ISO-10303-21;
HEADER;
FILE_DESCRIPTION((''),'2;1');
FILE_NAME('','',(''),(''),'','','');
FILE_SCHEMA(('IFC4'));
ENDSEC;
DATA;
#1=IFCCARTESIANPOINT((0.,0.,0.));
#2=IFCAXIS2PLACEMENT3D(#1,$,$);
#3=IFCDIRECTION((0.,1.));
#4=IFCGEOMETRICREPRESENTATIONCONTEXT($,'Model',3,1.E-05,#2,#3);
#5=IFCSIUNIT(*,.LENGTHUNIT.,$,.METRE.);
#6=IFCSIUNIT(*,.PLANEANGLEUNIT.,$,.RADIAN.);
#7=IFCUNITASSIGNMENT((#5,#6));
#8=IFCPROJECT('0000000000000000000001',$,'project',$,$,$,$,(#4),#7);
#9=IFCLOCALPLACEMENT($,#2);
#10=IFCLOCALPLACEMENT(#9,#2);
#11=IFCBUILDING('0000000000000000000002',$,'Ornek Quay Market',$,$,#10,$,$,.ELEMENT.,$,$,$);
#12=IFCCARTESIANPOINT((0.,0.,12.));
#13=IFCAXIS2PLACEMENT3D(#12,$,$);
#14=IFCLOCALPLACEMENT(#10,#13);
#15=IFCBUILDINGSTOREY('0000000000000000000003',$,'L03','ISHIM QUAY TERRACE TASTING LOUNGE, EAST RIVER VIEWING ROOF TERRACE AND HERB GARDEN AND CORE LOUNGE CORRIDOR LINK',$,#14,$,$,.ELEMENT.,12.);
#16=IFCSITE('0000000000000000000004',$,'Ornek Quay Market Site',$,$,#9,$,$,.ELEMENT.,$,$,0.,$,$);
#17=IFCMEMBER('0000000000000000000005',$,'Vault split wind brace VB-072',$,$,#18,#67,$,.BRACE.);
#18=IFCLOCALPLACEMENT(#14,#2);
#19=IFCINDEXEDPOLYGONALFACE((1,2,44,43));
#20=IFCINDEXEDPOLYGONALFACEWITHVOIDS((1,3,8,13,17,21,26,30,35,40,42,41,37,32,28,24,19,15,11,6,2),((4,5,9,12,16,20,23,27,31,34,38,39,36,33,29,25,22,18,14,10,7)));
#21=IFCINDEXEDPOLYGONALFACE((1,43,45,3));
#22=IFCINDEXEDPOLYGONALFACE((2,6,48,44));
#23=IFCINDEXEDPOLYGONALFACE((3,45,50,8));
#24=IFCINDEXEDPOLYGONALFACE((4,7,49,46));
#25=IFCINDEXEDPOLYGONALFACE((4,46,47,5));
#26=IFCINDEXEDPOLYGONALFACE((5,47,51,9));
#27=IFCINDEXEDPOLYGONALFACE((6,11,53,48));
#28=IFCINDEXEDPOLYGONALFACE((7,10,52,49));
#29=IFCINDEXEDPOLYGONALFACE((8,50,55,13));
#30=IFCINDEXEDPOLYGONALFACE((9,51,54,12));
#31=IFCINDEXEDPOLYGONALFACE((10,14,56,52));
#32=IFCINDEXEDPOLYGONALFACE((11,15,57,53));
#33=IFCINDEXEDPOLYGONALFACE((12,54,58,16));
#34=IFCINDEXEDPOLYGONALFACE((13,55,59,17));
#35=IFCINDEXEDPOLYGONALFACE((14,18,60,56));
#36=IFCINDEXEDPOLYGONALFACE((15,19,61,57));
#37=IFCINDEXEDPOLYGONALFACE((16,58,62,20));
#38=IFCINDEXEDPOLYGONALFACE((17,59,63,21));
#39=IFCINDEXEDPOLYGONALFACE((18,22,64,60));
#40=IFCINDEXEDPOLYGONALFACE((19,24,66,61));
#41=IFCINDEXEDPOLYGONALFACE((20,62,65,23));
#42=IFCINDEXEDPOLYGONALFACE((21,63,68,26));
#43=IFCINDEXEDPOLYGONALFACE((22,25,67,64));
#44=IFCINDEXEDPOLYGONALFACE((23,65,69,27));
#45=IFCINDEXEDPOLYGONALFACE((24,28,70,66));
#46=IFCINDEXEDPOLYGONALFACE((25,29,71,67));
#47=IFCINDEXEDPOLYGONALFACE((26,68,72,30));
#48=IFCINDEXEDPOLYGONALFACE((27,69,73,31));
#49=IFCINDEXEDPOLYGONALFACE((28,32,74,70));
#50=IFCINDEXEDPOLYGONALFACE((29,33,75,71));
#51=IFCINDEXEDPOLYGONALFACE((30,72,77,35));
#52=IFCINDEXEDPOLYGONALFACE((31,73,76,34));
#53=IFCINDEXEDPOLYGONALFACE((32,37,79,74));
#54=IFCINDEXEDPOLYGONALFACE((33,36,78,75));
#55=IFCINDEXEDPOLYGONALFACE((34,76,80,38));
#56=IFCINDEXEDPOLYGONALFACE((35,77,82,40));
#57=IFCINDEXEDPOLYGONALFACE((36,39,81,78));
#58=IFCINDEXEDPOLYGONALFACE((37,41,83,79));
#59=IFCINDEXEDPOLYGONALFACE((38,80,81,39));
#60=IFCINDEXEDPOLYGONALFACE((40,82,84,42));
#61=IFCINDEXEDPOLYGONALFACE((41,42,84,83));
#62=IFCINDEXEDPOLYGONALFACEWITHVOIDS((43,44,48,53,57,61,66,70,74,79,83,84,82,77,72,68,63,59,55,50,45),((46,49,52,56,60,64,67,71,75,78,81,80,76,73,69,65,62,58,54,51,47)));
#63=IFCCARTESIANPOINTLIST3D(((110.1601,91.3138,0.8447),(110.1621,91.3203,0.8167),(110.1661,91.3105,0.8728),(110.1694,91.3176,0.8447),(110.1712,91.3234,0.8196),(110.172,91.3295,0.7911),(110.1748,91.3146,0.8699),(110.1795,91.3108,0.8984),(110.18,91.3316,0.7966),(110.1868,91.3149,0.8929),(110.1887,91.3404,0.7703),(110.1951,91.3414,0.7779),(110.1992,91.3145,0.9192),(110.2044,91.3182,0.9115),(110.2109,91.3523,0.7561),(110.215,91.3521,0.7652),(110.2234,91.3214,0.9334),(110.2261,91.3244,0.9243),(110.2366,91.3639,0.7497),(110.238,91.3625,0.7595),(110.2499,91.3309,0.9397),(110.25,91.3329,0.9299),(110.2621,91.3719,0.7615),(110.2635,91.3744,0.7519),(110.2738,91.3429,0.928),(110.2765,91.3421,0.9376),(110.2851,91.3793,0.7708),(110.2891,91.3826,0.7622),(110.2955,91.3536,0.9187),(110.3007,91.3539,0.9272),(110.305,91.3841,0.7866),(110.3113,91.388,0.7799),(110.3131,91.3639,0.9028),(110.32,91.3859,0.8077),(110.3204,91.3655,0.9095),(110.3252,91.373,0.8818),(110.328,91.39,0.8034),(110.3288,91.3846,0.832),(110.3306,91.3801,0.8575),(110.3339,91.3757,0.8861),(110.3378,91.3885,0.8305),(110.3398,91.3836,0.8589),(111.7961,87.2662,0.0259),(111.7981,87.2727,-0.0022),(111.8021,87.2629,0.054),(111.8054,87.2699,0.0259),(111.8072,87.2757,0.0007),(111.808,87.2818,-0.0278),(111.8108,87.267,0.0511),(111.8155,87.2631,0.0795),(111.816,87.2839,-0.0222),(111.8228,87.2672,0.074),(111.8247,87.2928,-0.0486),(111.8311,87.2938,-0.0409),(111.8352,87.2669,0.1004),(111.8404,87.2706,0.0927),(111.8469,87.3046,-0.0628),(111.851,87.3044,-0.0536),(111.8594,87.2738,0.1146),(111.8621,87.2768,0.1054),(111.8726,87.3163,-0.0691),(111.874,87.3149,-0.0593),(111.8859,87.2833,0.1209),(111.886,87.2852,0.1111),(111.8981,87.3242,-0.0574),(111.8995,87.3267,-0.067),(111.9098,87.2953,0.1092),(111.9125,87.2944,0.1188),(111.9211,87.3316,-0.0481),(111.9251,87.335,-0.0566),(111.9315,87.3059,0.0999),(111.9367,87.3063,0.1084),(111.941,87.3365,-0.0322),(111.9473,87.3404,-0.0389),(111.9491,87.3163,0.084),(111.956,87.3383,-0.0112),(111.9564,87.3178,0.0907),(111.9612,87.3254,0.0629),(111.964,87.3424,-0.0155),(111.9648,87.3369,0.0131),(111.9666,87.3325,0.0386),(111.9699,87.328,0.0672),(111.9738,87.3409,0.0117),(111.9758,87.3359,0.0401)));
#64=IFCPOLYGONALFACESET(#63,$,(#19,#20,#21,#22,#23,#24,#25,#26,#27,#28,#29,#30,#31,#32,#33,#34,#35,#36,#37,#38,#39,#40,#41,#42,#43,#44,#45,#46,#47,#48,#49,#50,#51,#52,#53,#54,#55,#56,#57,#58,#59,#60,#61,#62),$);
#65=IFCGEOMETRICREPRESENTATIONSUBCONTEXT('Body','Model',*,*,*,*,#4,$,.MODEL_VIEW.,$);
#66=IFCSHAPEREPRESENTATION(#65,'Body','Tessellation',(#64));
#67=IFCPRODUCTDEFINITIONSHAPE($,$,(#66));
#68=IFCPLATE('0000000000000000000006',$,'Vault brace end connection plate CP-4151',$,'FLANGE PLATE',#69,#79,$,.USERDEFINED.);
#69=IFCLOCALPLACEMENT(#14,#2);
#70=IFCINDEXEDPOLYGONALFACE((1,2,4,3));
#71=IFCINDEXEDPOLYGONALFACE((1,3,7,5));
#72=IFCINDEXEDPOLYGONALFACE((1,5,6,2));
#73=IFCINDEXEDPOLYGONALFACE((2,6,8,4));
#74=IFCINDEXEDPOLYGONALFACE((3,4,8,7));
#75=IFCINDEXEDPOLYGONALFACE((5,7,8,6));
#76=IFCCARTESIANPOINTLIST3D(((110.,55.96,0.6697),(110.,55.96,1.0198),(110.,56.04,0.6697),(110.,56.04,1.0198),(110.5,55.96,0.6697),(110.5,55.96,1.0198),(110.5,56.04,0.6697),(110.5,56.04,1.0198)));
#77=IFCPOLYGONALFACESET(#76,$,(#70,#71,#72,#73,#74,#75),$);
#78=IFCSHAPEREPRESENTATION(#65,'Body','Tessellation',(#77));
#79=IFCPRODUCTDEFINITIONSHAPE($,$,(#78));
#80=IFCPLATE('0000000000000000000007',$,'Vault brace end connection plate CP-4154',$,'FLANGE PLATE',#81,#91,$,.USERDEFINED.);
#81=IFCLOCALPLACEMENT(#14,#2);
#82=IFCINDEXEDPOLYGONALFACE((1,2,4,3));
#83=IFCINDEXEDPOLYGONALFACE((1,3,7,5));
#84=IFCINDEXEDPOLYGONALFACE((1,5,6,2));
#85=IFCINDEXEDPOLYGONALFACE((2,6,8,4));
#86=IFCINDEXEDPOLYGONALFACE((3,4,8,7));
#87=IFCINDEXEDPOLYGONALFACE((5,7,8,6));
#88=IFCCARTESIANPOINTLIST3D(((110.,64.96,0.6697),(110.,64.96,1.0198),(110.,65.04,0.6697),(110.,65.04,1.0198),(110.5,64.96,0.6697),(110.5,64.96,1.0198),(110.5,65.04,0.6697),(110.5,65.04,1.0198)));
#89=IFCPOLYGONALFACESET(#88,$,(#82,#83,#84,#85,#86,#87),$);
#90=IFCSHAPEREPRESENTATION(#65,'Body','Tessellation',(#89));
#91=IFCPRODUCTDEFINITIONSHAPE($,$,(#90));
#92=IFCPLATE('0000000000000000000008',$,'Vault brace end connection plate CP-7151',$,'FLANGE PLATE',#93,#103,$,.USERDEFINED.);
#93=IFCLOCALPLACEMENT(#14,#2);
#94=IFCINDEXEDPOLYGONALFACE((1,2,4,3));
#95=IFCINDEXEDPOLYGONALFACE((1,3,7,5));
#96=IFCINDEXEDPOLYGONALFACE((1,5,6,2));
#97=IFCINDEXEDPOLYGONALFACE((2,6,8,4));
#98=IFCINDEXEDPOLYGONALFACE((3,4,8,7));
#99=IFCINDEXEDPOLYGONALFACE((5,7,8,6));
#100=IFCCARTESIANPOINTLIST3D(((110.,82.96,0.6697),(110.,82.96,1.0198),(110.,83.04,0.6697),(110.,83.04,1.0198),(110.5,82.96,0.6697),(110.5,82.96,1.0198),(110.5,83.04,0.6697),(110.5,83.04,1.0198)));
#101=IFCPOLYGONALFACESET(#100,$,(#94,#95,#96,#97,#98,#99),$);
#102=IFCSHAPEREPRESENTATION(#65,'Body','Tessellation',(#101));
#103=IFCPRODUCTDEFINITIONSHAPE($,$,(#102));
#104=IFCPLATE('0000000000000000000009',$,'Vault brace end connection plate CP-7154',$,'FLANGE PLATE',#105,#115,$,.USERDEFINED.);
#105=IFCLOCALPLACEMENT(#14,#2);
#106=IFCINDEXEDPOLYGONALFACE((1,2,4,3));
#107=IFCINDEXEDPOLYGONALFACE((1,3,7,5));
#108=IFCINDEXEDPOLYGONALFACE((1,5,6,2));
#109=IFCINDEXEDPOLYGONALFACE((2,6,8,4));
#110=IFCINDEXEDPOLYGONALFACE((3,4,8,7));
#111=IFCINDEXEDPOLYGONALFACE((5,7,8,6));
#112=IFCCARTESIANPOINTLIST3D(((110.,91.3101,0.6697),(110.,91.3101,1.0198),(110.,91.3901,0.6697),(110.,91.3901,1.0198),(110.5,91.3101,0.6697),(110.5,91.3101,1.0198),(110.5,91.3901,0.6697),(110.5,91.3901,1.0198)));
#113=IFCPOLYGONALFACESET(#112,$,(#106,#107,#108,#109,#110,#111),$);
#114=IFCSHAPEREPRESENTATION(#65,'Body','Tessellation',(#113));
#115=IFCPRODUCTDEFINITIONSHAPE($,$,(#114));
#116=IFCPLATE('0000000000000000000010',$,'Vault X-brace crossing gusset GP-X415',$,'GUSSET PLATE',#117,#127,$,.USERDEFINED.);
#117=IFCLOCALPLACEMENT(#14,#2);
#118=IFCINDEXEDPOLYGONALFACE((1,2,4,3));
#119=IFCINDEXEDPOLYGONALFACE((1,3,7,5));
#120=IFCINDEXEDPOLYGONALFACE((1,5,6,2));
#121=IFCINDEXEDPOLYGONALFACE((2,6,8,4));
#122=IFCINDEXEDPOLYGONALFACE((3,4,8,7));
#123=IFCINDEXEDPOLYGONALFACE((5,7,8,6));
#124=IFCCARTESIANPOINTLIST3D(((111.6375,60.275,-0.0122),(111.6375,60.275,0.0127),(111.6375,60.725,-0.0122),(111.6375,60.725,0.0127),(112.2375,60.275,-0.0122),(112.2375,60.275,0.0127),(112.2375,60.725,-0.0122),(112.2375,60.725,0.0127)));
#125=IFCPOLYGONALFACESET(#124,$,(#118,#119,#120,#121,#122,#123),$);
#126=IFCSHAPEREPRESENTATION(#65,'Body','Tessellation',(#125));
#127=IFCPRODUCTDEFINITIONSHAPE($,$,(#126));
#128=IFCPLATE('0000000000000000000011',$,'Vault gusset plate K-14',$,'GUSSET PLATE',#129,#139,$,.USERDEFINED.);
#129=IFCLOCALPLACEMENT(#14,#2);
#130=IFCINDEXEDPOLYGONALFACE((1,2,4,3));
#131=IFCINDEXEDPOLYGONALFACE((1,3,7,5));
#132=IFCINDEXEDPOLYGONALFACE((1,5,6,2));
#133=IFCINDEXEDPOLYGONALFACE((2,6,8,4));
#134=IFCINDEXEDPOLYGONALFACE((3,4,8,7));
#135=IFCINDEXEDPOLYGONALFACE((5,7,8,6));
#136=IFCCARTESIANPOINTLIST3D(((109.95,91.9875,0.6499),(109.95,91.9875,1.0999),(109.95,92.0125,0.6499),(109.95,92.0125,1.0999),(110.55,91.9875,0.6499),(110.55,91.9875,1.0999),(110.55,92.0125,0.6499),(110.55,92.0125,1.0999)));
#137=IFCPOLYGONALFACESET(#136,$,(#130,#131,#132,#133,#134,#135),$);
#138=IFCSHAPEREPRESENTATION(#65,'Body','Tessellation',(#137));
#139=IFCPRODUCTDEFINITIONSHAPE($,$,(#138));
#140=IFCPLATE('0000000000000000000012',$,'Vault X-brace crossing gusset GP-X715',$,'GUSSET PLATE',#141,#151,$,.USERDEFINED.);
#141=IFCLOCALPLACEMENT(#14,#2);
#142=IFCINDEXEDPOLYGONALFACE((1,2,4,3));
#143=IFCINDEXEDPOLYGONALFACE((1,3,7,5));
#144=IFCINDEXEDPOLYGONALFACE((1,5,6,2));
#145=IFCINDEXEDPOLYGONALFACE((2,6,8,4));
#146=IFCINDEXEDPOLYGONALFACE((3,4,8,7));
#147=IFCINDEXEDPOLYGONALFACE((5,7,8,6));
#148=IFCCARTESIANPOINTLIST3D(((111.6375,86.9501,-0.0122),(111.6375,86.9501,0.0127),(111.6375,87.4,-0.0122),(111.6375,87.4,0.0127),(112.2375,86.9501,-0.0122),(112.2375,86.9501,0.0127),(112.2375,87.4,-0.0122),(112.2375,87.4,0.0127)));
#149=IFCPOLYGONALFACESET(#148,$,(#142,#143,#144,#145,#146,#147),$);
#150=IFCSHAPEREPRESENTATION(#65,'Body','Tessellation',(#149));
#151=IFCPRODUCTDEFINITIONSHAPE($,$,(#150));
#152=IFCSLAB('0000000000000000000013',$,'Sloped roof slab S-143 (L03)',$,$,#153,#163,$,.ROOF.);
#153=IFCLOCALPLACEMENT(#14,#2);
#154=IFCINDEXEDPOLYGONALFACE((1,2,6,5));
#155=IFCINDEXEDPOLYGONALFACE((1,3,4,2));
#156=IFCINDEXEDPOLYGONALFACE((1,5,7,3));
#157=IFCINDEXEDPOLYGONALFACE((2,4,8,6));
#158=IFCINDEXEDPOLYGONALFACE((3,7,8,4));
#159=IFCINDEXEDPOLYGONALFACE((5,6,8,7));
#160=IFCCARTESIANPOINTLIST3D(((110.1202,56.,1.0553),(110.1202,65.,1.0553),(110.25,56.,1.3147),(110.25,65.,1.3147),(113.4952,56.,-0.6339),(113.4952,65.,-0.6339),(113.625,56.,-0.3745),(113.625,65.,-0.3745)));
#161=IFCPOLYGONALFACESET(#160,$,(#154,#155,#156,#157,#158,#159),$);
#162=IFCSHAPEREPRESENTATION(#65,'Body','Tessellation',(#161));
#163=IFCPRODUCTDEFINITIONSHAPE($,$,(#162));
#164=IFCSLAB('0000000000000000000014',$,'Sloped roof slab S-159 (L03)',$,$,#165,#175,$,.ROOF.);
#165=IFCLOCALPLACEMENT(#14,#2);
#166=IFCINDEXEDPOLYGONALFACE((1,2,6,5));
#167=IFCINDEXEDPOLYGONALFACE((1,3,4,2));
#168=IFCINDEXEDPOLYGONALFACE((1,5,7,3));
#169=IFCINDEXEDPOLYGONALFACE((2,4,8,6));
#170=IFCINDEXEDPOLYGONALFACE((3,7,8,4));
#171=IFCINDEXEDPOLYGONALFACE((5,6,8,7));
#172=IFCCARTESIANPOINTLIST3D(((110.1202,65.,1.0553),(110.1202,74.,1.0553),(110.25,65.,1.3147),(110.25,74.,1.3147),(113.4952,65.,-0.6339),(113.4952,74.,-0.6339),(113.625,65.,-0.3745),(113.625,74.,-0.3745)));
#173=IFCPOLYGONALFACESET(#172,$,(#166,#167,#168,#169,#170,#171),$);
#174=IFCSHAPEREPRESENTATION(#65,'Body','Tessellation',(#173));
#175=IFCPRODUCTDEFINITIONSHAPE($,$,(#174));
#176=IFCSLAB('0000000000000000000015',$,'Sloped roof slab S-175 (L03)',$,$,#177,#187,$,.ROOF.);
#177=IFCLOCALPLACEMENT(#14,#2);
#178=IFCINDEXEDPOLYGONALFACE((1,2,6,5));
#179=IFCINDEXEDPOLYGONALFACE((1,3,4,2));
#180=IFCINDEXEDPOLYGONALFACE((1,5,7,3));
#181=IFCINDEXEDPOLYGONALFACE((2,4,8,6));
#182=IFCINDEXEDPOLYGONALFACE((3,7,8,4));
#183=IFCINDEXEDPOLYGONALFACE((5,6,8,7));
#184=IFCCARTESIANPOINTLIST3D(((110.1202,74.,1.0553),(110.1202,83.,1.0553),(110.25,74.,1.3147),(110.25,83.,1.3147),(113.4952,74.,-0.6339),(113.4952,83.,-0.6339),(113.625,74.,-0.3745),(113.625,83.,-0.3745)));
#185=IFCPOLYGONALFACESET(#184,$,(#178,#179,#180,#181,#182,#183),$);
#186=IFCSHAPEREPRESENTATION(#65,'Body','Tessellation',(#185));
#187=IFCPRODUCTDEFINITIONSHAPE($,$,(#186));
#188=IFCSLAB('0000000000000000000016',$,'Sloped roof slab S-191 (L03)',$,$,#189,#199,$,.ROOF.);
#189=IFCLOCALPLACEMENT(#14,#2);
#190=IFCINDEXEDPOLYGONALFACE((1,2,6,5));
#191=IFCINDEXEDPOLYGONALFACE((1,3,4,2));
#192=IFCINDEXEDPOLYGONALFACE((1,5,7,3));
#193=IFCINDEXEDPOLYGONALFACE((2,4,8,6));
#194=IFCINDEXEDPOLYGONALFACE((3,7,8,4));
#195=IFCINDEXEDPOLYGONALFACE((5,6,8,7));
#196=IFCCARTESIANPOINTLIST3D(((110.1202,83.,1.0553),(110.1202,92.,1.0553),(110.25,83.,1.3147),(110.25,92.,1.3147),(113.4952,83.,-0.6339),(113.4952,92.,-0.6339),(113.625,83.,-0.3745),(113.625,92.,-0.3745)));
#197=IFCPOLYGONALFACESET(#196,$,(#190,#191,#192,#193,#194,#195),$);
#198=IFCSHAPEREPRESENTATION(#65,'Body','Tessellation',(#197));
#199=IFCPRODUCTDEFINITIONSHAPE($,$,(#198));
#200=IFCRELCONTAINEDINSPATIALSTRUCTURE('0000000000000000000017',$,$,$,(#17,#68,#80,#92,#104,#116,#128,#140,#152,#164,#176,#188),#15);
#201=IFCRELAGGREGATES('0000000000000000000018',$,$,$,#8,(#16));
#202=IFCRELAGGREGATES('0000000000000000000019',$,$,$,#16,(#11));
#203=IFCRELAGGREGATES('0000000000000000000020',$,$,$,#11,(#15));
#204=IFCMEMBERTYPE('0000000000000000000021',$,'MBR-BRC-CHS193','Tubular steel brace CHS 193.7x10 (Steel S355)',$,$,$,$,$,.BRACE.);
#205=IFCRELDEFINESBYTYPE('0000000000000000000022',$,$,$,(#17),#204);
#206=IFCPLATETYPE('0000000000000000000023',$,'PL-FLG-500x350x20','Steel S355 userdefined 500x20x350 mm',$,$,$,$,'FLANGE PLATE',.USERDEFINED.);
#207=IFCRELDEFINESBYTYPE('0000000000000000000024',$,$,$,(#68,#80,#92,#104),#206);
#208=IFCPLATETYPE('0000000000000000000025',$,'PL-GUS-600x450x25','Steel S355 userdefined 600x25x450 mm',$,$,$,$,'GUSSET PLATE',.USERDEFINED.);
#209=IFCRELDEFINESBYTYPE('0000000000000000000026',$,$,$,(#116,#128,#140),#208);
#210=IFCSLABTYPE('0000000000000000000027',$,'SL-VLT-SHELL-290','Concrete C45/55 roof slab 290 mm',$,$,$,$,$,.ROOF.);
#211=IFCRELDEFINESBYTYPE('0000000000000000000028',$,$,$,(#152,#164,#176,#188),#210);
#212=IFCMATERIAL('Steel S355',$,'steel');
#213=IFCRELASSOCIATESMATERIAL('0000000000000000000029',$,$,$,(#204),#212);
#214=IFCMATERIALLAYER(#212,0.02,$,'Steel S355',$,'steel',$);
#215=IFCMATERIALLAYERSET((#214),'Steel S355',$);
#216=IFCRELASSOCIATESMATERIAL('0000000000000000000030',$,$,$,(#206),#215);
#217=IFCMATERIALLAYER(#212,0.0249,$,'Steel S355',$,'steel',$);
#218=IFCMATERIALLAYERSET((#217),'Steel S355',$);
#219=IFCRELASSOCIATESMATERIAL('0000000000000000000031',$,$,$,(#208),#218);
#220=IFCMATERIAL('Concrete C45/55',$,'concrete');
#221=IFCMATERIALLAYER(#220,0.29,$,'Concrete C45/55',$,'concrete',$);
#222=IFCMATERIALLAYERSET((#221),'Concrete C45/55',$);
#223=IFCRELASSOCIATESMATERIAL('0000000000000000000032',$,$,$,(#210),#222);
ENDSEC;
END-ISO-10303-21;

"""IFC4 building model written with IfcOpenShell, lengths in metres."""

from ifc_helpers import new_model, si_unit, direction, frame, origin, origin_2d, place, context, subcontext, project, spatial, polyline, rectangle, hollow_circle, outline, extrude, material, layer, layer_set, material_profile, profile_set, type_object, element, save


model = new_model("IFC4")

# Units and contexts
model_context = context("Model", 3, precision=1e-05, world=origin(), true_north=direction((0.0, 1.0)))
body_context = subcontext(model_context, "Body", "Model", "MODEL_VIEW")
ifc_project = project(units=[si_unit("LENGTHUNIT", "METRE"), si_unit("PLANEANGLEUNIT", "RADIAN")], contexts=[model_context])

# Site, building, storey
site_placement = place(None, origin())
site = spatial("IfcSite", under=ifc_project, at=site_placement, Name="Ornek Quay Market Site", CompositionType="ELEMENT", RefElevation=0.0)
building_placement = place(site_placement, origin())
building = spatial("IfcBuilding", under=site, at=building_placement, Name="Ornek Quay Market", CompositionType="ELEMENT")
storey_placement = place(building_placement, frame((0.0, 0.0, 12.0)))
storey = spatial("IfcBuildingStorey", under=building, at=storey_placement, Name="L03", Description="ISHIM QUAY TERRACE TASTING LOUNGE, EAST RIVER VIEWING ROOF TERRACE AND HERB GARDEN AND CORE LOUNGE CORRIDOR LINK", CompositionType="ELEMENT", Elevation=12.0)

# Shared definitions
ifc_material_1 = material(Name="Concrete C45/55", Category="concrete")
ifc_material_2 = material(Name="Steel S355", Category="steel")

# Member
ifc_material_profile_1 = material_profile(ifc_material_2, hollow_circle(Radius=0.0969, WallThickness=0.01, at=origin_2d()), Name="CHS 193.7x10", Category="steel")
ifc_profile_set_1 = profile_set([ifc_material_profile_1], Name="Steel S355")
member_type = type_object("IfcMemberType", Name="MBR-BRC-CHS193", Description="Tubular steel brace CHS 193.7x10 (Steel S355)", PredefinedType="BRACE", material=ifc_profile_set_1)
member_1_placement = place(storey_placement, frame((111.886, 87.3025, 0.0259), z_axis=(-0.368311, 0.911242, 0.184348), x_axis=(-0.927132, -0.374734, 0.0)))
element("IfcMember", 1, at=member_1_placement, inside=storey, type_object=member_type, Name="Vault split wind brace VB-072", PredefinedType="BRACE", context=body_context, shape_type="SweptSolid", body=[
    extrude(hollow_circle(Radius=0.0969, WallThickness=0.01, at=origin_2d()), origin(), (0.0, 0.0, 1.0), 4.4419),
])

# Plates
ifc_layer_1 = layer(ifc_material_2, 0.02, Name="Steel S355", Category="steel")
ifc_layer_set_1 = layer_set([ifc_layer_1], Name="Steel S355")
plate_type_1 = type_object("IfcPlateType", Name="PL-FLG-500x350x20", Description="Steel S355 userdefined 500x20x350 mm", ElementType="FLANGE PLATE", PredefinedType="USERDEFINED", material=ifc_layer_set_1)
for number, where, z_axis, x_axis, name in (
    (2, (110.25, 56.0, 0.6697), (0.0, 0.0, 1.0), (1.0, 0.0, 0.0), "Vault brace end connection plate CP-4151"),
    (3, (110.25, 65.0, 0.6697), (0.0, 0.0, 1.0), (1.0, 0.0, 0.0), "Vault brace end connection plate CP-4154"),
    (4, (110.25, 83.0, 0.6697), (0.0, 0.0, 1.0), (1.0, 0.0, 0.0), "Vault brace end connection plate CP-7151"),
    (5, (110.25, 91.3501, 0.6697), (0.0, 0.0, 1.0), (1.0, 0.0, 0.0), "Vault brace end connection plate CP-7154"),
):
    element("IfcPlate", number, at=place(storey_placement, frame(where, z_axis=z_axis, x_axis=x_axis)), inside=storey, type_object=plate_type_1, Name=name, ObjectType="FLANGE PLATE", PredefinedType="USERDEFINED", context=body_context, shape_type="SweptSolid", body=[
        extrude(rectangle(XDim=0.5, YDim=0.0801, at=origin_2d()), origin(), (0.0, 0.0, 1.0), 0.3501),
    ])
ifc_layer_2 = layer(ifc_material_2, 0.0249, Name="Steel S355", Category="steel")
ifc_layer_set_2 = layer_set([ifc_layer_2], Name="Steel S355")
plate_type_2 = type_object("IfcPlateType", Name="PL-GUS-600x450x25", Description="Steel S355 userdefined 600x25x450 mm", ElementType="GUSSET PLATE", PredefinedType="USERDEFINED", material=ifc_layer_set_2)
plate_1_placement = place(storey_placement, frame((111.9375, 60.5, -0.0122), z_axis=(0.0, 0.0, 1.0), x_axis=(1.0, 0.0, 0.0)))
element("IfcPlate", 6, at=plate_1_placement, inside=storey, type_object=plate_type_2, Name="Vault X-brace crossing gusset GP-X415", ObjectType="GUSSET PLATE", PredefinedType="USERDEFINED", context=body_context, shape_type="SweptSolid", body=[
    extrude(rectangle(XDim=0.6001, YDim=0.45, at=origin_2d()), origin(), (0.0, 0.0, 1.0), 0.0249),
])
plate_2_placement = place(storey_placement, frame((110.25, 92.0, 0.6499), z_axis=(0.0, 0.0, 1.0), x_axis=(1.0, 0.0, 0.0)))
element("IfcPlate", 7, at=plate_2_placement, inside=storey, type_object=plate_type_2, Name="Vault gusset plate K-14", ObjectType="GUSSET PLATE", PredefinedType="USERDEFINED", context=body_context, shape_type="SweptSolid", body=[
    extrude(rectangle(XDim=0.6001, YDim=0.0249, at=origin_2d()), origin(), (0.0, 0.0, 1.0), 0.45),
])
plate_3_placement = place(storey_placement, frame((111.9375, 87.175, -0.0122), z_axis=(0.0, 0.0, 1.0), x_axis=(1.0, 0.0, 0.0)))
element("IfcPlate", 8, at=plate_3_placement, inside=storey, type_object=plate_type_2, Name="Vault X-brace crossing gusset GP-X715", ObjectType="GUSSET PLATE", PredefinedType="USERDEFINED", context=body_context, shape_type="SweptSolid", body=[
    extrude(rectangle(XDim=0.6001, YDim=0.45, at=origin_2d()), origin(), (0.0, 0.0, 1.0), 0.0249),
])

# Slabs
ifc_layer_3 = layer(ifc_material_1, 0.29, Name="Concrete C45/55", Category="concrete")
ifc_layer_set_3 = layer_set([ifc_layer_3], Name="Concrete C45/55")
slab_type = type_object("IfcSlabType", Name="SL-VLT-SHELL-290", Description="Concrete C45/55 roof slab 290 mm", PredefinedType="ROOF", material=ifc_layer_set_3)
for number, where, z_axis, x_axis, name in (
    (9, (110.25, 56.0, 1.3147), (0.447576, 0.0, 0.894246), (0.894246, 0.0, -0.447576), "Sloped roof slab S-143 (L03)"),
    (10, (110.25, 65.0, 1.3147), (0.447576, 0.0, 0.894246), (0.894246, 0.0, -0.447576), "Sloped roof slab S-159 (L03)"),
    (11, (110.25, 74.0, 1.3147), (0.447576, 0.0, 0.894246), (0.894246, 0.0, -0.447576), "Sloped roof slab S-175 (L03)"),
    (12, (110.25, 83.0, 1.3147), (0.447576, 0.0, 0.894246), (0.894246, 0.0, -0.447576), "Sloped roof slab S-191 (L03)"),
):
    element("IfcSlab", number, at=place(storey_placement, frame(where, z_axis=z_axis, x_axis=x_axis)), inside=storey, type_object=slab_type, Name=name, PredefinedType="ROOF", context=body_context, shape_type="SweptSolid", body=[
        extrude(outline(polyline([(0.0, 0.0), (3.7741, 0.0), (3.7741, 9.0), (0.0, 9.0), (0.0, 0.0)])), origin(), (0.0, 0.0, -1.0), 0.29),
    ])

save(model, "model.ifc")
